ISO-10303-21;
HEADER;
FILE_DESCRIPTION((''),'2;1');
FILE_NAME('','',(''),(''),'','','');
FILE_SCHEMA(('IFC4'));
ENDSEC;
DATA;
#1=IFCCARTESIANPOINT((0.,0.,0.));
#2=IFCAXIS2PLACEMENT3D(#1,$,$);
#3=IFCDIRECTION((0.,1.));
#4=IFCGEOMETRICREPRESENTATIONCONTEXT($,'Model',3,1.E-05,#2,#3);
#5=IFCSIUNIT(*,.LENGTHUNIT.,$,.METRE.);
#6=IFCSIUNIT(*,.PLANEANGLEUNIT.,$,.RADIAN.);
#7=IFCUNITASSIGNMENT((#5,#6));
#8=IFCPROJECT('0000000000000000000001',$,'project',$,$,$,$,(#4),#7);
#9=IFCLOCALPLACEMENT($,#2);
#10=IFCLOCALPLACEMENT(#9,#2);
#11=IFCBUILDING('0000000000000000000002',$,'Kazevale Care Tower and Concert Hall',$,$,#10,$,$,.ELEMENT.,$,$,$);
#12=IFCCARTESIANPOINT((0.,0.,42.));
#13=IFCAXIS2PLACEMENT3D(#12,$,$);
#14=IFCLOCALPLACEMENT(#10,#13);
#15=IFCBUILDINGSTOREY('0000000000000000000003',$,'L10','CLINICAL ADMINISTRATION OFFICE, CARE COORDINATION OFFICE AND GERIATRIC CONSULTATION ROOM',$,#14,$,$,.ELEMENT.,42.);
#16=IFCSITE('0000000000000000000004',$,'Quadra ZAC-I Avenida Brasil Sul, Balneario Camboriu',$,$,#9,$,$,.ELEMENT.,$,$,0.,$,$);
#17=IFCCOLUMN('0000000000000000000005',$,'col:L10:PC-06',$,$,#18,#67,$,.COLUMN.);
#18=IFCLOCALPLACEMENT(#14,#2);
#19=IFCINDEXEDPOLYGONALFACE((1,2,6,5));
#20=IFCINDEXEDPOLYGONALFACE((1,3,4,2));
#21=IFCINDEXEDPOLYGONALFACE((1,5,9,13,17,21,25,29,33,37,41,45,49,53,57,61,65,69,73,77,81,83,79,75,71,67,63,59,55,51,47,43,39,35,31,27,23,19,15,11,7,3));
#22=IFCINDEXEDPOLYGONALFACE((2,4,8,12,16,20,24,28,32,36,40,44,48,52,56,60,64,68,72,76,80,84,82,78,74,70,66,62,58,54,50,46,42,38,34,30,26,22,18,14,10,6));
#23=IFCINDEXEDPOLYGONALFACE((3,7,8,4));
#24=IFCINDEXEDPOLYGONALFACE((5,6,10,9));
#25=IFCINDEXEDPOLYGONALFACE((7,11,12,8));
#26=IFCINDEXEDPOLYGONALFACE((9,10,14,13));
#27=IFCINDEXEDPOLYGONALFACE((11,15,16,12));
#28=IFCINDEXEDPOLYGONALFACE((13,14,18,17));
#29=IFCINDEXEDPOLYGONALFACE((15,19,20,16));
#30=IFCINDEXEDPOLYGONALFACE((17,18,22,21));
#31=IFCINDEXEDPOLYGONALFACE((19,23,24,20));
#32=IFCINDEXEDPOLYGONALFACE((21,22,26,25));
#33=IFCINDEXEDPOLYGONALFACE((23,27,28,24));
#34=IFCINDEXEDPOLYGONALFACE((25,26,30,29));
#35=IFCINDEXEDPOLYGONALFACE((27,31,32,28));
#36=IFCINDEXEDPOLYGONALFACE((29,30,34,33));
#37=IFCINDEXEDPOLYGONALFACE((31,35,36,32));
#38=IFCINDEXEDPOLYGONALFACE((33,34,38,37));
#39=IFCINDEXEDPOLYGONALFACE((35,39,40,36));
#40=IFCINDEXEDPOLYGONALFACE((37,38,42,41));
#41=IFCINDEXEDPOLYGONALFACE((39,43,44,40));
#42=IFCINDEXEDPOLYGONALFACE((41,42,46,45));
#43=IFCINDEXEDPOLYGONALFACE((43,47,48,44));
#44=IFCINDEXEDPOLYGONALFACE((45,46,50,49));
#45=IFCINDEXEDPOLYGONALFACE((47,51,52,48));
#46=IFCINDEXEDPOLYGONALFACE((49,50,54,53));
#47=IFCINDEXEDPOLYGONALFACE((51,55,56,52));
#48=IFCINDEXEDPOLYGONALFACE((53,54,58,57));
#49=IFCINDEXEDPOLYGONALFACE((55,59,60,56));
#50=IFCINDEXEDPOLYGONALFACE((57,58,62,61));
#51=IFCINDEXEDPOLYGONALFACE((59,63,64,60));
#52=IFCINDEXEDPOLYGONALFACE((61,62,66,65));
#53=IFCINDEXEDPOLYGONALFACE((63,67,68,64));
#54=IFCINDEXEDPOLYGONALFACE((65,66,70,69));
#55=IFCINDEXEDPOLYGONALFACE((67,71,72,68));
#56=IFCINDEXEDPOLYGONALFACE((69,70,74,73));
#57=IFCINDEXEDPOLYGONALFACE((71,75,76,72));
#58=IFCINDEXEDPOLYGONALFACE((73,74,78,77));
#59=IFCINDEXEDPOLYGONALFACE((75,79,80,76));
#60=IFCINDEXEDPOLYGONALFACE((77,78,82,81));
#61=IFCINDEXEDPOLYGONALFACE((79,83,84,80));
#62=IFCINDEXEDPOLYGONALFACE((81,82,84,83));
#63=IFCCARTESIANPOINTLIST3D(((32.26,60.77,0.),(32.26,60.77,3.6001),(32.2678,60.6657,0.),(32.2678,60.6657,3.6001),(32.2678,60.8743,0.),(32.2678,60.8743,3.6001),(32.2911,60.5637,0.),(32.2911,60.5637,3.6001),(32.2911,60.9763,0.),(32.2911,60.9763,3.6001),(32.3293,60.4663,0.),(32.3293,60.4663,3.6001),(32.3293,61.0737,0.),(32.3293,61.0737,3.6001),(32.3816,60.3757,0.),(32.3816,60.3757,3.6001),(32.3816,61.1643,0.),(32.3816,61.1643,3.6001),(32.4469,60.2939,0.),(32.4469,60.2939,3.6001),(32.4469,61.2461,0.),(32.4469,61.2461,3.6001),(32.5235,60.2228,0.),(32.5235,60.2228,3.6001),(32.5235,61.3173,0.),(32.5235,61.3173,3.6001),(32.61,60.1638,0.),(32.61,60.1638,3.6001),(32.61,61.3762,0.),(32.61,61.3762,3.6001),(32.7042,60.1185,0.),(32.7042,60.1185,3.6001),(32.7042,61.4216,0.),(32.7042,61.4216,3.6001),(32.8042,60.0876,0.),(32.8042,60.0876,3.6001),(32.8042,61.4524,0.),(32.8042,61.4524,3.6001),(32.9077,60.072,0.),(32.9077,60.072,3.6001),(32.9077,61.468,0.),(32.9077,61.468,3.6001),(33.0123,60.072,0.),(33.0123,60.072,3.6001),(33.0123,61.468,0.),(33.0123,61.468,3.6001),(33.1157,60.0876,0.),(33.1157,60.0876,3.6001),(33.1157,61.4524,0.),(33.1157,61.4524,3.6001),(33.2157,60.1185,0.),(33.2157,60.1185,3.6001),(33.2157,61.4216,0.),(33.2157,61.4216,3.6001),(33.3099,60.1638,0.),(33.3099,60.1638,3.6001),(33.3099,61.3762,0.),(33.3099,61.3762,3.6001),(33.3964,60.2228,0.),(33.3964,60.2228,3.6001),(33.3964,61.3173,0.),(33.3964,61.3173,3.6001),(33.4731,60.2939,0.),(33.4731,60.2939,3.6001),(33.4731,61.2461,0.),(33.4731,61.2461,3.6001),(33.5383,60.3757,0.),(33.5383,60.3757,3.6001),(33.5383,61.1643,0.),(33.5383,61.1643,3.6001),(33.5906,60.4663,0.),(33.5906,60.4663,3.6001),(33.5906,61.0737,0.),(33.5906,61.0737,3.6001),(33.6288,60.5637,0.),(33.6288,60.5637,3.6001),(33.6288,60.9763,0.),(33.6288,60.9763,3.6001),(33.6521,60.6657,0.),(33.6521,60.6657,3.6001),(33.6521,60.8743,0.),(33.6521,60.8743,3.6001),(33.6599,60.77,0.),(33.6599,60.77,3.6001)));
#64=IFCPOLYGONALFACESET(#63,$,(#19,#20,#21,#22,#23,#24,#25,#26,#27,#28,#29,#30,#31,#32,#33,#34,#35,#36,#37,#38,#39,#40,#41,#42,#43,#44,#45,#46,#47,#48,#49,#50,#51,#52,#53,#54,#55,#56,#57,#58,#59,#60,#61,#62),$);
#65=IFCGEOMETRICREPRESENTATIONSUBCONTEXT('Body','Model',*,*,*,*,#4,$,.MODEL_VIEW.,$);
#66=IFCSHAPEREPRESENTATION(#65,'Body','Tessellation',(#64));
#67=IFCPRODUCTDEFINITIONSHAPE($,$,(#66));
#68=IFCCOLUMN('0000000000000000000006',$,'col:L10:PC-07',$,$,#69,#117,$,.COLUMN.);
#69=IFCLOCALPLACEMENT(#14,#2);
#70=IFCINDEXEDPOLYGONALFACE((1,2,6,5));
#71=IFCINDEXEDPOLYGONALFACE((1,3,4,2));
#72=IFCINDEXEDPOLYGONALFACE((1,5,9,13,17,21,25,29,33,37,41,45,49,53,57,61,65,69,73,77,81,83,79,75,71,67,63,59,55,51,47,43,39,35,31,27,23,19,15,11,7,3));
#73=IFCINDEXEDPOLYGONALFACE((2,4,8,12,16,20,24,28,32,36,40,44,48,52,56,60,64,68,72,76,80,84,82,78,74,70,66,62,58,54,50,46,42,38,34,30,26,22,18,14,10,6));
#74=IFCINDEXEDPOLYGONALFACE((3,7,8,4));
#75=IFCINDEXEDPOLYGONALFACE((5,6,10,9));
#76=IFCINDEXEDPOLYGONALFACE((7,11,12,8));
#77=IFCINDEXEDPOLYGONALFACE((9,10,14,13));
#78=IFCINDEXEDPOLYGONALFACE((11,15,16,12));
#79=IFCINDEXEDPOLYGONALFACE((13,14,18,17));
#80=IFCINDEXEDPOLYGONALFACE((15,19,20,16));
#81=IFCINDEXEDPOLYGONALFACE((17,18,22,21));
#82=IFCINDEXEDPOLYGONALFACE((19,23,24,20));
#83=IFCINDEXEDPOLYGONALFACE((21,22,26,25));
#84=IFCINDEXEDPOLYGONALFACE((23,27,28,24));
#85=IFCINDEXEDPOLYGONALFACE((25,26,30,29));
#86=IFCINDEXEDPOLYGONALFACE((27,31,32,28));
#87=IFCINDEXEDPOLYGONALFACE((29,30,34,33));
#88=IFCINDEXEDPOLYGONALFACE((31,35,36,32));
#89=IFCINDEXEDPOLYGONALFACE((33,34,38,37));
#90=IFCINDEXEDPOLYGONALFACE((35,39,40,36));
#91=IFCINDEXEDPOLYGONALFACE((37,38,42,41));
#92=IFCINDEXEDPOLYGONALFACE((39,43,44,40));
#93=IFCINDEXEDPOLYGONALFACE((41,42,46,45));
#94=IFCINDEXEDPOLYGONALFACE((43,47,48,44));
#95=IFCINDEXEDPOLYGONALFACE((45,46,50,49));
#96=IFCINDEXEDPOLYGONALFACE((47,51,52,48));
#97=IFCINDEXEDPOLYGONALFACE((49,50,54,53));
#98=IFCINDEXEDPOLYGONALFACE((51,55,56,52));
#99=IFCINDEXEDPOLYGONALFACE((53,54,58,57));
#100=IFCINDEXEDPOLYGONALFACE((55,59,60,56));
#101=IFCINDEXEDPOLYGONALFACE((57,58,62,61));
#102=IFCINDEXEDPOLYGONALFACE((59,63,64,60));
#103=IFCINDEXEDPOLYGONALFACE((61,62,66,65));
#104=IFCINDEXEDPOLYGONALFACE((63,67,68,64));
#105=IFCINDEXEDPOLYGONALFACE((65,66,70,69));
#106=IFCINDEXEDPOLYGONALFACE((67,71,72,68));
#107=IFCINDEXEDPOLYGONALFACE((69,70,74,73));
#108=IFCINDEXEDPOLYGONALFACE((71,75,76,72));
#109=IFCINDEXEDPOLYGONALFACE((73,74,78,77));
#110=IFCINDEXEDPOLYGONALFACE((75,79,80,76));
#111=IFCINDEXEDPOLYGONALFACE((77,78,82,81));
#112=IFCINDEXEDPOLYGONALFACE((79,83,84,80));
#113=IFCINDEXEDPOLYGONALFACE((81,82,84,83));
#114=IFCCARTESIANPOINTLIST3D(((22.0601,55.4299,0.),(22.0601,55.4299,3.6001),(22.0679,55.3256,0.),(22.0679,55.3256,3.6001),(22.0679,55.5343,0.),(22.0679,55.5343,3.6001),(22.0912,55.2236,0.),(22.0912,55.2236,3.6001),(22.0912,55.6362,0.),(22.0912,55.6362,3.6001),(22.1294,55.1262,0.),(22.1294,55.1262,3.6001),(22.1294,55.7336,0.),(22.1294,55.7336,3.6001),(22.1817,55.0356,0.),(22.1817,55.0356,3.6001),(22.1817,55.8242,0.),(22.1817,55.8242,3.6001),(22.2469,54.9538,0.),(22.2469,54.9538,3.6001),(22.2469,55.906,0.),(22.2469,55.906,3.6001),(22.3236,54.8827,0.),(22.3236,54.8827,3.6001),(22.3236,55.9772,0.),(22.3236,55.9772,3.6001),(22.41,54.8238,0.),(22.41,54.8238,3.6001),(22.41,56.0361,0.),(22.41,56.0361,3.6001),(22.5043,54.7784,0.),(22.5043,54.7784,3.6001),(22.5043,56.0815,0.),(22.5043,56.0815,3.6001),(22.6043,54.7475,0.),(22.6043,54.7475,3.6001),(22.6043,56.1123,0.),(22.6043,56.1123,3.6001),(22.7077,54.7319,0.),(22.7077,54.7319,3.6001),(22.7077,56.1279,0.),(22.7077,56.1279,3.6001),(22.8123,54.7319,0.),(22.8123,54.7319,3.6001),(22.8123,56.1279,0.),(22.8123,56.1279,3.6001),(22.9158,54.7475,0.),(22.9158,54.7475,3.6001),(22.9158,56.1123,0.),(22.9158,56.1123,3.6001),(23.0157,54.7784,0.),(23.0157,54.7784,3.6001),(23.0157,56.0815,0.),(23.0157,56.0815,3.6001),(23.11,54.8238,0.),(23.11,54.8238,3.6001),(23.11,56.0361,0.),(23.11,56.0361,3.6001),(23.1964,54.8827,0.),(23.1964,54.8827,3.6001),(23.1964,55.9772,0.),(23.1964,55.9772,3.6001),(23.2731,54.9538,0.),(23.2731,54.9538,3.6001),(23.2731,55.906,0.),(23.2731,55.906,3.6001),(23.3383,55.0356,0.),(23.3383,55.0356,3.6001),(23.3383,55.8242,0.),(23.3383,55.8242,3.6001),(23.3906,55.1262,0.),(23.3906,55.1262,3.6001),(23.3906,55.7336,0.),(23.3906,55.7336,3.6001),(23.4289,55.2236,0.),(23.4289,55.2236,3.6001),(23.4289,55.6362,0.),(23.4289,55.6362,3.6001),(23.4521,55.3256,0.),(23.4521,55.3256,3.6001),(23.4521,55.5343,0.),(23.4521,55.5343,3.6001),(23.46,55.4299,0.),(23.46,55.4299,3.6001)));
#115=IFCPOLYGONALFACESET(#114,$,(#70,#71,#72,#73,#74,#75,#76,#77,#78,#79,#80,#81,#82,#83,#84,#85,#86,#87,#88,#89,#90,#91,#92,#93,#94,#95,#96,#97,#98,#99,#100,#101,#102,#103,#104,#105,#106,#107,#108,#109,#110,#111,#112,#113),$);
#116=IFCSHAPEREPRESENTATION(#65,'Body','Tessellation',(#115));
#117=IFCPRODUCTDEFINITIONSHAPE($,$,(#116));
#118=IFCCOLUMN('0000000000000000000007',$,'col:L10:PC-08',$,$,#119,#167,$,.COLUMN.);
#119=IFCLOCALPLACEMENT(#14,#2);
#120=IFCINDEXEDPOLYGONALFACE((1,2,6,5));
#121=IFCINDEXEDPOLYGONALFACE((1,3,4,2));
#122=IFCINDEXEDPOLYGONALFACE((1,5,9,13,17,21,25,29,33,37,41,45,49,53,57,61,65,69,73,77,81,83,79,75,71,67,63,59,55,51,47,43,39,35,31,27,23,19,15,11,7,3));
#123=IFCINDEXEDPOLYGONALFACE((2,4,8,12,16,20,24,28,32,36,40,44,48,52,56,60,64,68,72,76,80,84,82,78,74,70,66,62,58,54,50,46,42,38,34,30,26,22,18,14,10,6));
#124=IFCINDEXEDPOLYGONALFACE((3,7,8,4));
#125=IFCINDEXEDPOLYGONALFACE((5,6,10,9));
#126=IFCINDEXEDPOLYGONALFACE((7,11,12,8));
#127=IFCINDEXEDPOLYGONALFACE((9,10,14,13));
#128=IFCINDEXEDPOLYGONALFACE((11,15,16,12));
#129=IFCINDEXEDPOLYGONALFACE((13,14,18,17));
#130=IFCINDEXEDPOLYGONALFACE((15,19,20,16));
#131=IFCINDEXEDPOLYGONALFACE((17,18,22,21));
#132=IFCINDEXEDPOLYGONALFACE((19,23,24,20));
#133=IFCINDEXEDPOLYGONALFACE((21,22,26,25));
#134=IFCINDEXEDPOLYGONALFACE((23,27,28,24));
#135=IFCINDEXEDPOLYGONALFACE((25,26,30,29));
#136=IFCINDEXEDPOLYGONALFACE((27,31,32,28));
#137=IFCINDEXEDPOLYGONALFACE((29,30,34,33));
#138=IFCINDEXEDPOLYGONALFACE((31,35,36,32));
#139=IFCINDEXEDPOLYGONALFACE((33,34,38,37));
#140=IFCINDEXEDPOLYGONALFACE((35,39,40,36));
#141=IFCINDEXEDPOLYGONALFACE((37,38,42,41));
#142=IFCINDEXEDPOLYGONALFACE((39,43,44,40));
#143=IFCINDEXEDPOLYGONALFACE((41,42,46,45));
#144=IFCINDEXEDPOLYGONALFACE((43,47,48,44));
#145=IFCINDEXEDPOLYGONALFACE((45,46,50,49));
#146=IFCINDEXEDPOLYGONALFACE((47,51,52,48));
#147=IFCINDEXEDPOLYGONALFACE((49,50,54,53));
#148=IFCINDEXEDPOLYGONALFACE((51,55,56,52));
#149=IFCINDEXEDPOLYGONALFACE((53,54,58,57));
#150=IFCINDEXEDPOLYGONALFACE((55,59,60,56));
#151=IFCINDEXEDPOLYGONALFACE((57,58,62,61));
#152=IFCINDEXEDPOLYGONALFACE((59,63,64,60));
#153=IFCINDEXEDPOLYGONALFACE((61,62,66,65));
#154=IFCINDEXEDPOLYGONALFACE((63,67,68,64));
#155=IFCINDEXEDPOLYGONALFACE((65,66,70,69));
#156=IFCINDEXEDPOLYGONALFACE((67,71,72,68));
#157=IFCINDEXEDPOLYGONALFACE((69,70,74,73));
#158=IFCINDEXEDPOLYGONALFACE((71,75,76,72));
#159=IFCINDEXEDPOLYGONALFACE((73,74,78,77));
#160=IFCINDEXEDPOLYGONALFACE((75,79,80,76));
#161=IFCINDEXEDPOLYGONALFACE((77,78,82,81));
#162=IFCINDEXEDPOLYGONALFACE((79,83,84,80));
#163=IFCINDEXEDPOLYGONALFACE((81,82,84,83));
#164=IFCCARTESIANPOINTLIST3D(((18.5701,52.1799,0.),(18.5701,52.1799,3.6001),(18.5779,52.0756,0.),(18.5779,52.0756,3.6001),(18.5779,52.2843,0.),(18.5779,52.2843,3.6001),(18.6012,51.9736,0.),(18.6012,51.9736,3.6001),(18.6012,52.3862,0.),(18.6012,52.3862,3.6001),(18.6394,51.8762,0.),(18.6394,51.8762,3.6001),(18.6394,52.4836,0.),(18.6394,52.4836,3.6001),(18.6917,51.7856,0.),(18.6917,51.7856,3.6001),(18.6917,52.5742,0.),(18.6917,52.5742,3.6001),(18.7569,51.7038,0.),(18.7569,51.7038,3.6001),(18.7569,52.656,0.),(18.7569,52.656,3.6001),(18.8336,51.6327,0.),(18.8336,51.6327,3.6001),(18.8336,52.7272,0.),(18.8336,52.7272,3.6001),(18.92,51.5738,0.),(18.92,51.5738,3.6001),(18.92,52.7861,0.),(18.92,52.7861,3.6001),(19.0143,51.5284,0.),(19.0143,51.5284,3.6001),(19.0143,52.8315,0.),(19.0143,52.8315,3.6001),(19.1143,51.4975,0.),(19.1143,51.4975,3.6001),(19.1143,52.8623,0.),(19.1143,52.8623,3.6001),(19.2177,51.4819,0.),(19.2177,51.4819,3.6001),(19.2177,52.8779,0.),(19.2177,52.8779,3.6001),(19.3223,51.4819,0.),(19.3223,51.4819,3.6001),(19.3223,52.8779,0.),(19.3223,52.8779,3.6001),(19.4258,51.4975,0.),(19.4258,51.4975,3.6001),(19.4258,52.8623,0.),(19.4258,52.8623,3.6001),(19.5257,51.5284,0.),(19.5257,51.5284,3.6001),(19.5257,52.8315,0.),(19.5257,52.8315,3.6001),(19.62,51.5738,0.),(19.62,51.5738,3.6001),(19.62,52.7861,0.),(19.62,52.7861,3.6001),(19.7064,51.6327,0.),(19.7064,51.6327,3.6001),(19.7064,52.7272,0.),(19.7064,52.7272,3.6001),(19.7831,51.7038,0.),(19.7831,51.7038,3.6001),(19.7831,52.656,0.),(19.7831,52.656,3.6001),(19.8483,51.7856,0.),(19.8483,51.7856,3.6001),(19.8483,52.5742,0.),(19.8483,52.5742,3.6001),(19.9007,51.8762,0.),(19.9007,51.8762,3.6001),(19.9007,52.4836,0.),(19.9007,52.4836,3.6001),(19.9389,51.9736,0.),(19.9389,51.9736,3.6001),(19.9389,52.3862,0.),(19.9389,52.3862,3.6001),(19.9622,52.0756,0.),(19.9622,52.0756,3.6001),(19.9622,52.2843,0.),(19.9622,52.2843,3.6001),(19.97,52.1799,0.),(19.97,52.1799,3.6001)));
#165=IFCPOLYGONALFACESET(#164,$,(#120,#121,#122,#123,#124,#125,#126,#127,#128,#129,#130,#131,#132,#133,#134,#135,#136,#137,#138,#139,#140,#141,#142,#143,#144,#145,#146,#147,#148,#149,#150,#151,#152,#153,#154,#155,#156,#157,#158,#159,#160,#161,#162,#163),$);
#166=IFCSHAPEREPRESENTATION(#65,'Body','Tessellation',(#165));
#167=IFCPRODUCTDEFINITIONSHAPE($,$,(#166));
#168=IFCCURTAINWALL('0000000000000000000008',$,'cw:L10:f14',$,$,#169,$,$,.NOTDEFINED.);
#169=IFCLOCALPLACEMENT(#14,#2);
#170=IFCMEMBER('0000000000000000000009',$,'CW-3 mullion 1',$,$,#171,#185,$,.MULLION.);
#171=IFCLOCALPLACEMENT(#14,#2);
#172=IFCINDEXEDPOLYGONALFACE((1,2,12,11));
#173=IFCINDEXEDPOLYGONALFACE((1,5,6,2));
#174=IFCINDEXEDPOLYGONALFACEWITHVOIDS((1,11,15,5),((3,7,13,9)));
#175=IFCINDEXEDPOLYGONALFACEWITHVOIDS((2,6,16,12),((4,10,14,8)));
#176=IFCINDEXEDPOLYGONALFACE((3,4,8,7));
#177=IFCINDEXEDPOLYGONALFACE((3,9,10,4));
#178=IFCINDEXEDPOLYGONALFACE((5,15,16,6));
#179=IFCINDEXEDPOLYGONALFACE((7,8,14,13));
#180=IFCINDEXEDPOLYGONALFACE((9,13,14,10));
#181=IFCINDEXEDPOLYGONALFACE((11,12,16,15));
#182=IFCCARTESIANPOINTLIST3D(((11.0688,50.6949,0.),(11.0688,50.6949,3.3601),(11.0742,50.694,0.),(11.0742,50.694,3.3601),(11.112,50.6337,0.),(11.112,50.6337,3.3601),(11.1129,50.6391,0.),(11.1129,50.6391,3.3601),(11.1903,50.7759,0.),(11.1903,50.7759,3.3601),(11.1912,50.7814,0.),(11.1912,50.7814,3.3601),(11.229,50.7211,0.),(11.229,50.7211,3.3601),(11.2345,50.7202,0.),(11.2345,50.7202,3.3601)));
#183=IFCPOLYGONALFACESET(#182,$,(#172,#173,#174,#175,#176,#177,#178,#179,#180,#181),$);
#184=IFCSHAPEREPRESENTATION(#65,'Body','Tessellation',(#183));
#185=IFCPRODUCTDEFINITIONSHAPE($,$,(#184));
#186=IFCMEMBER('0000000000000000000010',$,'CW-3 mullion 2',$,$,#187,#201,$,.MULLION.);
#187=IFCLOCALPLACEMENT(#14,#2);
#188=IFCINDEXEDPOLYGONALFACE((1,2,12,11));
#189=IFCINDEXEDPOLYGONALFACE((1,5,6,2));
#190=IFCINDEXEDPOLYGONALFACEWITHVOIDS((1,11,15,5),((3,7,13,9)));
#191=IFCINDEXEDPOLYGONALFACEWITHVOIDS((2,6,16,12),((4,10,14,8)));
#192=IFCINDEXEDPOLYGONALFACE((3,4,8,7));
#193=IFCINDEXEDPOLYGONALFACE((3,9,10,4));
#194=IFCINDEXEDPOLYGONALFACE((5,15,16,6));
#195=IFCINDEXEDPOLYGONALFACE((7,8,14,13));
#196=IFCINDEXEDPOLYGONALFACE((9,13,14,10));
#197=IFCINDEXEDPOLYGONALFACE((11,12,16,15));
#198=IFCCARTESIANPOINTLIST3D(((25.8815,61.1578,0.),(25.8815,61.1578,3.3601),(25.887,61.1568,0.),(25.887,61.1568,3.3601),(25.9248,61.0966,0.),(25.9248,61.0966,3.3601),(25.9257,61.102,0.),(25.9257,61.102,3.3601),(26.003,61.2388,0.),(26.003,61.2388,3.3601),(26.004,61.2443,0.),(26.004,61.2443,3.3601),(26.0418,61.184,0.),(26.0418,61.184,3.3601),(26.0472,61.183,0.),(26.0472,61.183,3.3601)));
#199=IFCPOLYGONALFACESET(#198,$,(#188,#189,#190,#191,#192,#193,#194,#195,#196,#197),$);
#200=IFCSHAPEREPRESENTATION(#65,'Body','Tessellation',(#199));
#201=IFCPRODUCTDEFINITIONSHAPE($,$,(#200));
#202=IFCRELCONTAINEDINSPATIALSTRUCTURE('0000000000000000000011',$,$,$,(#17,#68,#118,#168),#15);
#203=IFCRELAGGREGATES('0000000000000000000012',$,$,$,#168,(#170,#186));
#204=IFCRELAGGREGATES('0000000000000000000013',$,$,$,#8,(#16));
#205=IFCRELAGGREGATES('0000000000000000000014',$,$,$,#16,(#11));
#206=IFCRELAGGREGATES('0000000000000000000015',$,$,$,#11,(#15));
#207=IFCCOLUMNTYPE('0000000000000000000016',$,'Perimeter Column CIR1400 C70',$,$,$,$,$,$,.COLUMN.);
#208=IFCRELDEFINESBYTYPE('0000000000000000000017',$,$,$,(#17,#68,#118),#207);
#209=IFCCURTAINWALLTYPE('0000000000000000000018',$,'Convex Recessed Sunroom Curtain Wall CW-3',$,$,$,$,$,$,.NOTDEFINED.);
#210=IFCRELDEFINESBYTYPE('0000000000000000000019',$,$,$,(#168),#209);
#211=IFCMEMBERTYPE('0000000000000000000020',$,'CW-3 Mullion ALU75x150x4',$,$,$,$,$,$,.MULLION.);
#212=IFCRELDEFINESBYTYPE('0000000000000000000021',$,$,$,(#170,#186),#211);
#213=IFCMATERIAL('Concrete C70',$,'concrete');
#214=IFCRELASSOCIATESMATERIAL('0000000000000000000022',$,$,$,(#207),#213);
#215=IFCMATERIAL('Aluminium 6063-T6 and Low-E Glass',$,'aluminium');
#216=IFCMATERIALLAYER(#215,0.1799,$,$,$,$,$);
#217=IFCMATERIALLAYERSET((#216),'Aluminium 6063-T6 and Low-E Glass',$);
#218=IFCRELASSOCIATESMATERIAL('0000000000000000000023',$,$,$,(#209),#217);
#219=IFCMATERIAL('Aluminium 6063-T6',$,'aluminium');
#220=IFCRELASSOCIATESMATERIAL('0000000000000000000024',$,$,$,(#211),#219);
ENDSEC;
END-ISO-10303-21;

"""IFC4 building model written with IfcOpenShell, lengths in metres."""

from ifc_helpers import new_model, si_unit, direction, frame, origin, origin_2d, place, context, subcontext, project, spatial, hollow_rectangle, circle, extrude, material, layer, layer_set, material_profile, profile_set, type_object, element, aggregate, save


model = new_model("IFC4")

# Units and contexts
model_context = context("Model", 3, precision=1e-05, world=origin(), true_north=direction((0.0, 1.0)))
body_context = subcontext(model_context, "Body", "Model", "MODEL_VIEW")
ifc_project = project(units=[si_unit("LENGTHUNIT", "METRE"), si_unit("PLANEANGLEUNIT", "RADIAN")], contexts=[model_context])

# Site, building, storey
site_placement = place(None, origin())
site = spatial("IfcSite", under=ifc_project, at=site_placement, Name="Quadra ZAC-I Avenida Brasil Sul, Balneario Camboriu", CompositionType="ELEMENT", RefElevation=0.0)
building_placement = place(site_placement, origin())
building = spatial("IfcBuilding", under=site, at=building_placement, Name="Kazevale Care Tower and Concert Hall", CompositionType="ELEMENT")
storey_placement = place(building_placement, frame((0.0, 0.0, 42.0)))
storey = spatial("IfcBuildingStorey", under=building, at=storey_placement, Name="L10", Description="CLINICAL ADMINISTRATION OFFICE, CARE COORDINATION OFFICE AND GERIATRIC CONSULTATION ROOM", CompositionType="ELEMENT", Elevation=42.0)

# Columns
ifc_material_1 = material(Name="Concrete C70", Category="concrete")
ifc_material_profile_1 = material_profile(ifc_material_1, circle(Radius=0.7, at=origin_2d()), Name="RC-CIR1400")
ifc_profile_set_1 = profile_set([ifc_material_profile_1], Name="Concrete C70")
column_type = type_object("IfcColumnType", Name="Perimeter Column CIR1400 C70", PredefinedType="COLUMN", material=ifc_profile_set_1)
for number, where, z_axis, x_axis, name in (
    (1, (32.96, 60.77, 0.0), (0.0, 0.0, 1.0), (1.0, 0.0, 0.0), "col:L10:PC-06"),
    (2, (22.76, 55.4299, 0.0), (0.0, 0.0, 1.0), (1.0, 0.0, 0.0), "col:L10:PC-07"),
    (3, (19.27, 52.1799, 0.0), (0.0, 0.0, 1.0), (1.0, 0.0, 0.0), "col:L10:PC-08"),
):
    element("IfcColumn", number, at=place(storey_placement, frame(where, z_axis=z_axis, x_axis=x_axis)), inside=storey, type_object=column_type, Name=name, PredefinedType="COLUMN", context=body_context, shape_type="SweptSolid", body=[
        extrude(circle(Radius=0.7, at=origin_2d()), origin(), (0.0, 0.0, 1.0), 3.6001),
    ])

# Curtain wall, members
ifc_material_2 = material(Name="Aluminium 6063-T6 and Low-E Glass", Category="aluminium")
ifc_layer_1 = layer(ifc_material_2, 0.1799)
ifc_layer_set_1 = layer_set([ifc_layer_1], Name="Aluminium 6063-T6 and Low-E Glass")
curtain_wall_type = type_object("IfcCurtainWallType", Name="Convex Recessed Sunroom Curtain Wall CW-3", PredefinedType="NOTDEFINED", material=ifc_layer_set_1)
curtain_wall_placement = place(storey_placement, origin())
curtain_wall = element("IfcCurtainWall", 4, at=curtain_wall_placement, inside=storey, type_object=curtain_wall_type, Name="cw:L10:f14", PredefinedType="NOTDEFINED")
ifc_material_3 = material(Name="Aluminium 6063-T6", Category="aluminium")
ifc_material_profile_2 = material_profile(ifc_material_3, hollow_rectangle(XDim=0.075, YDim=0.1499, WallThickness=0.0039, at=origin_2d()), Name="ALU75x150x4")
ifc_profile_set_2 = profile_set([ifc_material_profile_2], Name="Aluminium 6063-T6")
member_type_1 = type_object("IfcMemberType", Name="CW-3 Mullion ALU75x150x4", PredefinedType="MULLION", material=ifc_profile_set_2)
member_1_placement = place(storey_placement, frame((11.1516, 50.7075, 0.0), z_axis=(0.0, 0.0, 1.0), x_axis=(-0.576929, 0.816794, 0.0)))
member_1 = element("IfcMember", 5, at=member_1_placement, type_object=member_type_1, Name="CW-3 mullion 1", PredefinedType="MULLION", context=body_context, shape_type="SweptSolid", body=[
    extrude(hollow_rectangle(XDim=0.075, YDim=0.1499, WallThickness=0.0039, at=origin_2d()), origin(), (0.0, 0.0, 1.0), 3.3601),
])
member_2_placement = place(storey_placement, frame((25.9644, 61.1704, 0.0), z_axis=(0.0, 0.0, 1.0), x_axis=(-0.576929, 0.816794, 0.0)))
member_2 = element("IfcMember", 6, at=member_2_placement, type_object=member_type_1, Name="CW-3 mullion 2", PredefinedType="MULLION", context=body_context, shape_type="SweptSolid", body=[
    extrude(hollow_rectangle(XDim=0.075, YDim=0.1499, WallThickness=0.0039, at=origin_2d()), origin(), (0.0, 0.0, 1.0), 3.3601),
])

aggregate(curtain_wall, [member_1, member_2])

save(model, "model.ifc")
